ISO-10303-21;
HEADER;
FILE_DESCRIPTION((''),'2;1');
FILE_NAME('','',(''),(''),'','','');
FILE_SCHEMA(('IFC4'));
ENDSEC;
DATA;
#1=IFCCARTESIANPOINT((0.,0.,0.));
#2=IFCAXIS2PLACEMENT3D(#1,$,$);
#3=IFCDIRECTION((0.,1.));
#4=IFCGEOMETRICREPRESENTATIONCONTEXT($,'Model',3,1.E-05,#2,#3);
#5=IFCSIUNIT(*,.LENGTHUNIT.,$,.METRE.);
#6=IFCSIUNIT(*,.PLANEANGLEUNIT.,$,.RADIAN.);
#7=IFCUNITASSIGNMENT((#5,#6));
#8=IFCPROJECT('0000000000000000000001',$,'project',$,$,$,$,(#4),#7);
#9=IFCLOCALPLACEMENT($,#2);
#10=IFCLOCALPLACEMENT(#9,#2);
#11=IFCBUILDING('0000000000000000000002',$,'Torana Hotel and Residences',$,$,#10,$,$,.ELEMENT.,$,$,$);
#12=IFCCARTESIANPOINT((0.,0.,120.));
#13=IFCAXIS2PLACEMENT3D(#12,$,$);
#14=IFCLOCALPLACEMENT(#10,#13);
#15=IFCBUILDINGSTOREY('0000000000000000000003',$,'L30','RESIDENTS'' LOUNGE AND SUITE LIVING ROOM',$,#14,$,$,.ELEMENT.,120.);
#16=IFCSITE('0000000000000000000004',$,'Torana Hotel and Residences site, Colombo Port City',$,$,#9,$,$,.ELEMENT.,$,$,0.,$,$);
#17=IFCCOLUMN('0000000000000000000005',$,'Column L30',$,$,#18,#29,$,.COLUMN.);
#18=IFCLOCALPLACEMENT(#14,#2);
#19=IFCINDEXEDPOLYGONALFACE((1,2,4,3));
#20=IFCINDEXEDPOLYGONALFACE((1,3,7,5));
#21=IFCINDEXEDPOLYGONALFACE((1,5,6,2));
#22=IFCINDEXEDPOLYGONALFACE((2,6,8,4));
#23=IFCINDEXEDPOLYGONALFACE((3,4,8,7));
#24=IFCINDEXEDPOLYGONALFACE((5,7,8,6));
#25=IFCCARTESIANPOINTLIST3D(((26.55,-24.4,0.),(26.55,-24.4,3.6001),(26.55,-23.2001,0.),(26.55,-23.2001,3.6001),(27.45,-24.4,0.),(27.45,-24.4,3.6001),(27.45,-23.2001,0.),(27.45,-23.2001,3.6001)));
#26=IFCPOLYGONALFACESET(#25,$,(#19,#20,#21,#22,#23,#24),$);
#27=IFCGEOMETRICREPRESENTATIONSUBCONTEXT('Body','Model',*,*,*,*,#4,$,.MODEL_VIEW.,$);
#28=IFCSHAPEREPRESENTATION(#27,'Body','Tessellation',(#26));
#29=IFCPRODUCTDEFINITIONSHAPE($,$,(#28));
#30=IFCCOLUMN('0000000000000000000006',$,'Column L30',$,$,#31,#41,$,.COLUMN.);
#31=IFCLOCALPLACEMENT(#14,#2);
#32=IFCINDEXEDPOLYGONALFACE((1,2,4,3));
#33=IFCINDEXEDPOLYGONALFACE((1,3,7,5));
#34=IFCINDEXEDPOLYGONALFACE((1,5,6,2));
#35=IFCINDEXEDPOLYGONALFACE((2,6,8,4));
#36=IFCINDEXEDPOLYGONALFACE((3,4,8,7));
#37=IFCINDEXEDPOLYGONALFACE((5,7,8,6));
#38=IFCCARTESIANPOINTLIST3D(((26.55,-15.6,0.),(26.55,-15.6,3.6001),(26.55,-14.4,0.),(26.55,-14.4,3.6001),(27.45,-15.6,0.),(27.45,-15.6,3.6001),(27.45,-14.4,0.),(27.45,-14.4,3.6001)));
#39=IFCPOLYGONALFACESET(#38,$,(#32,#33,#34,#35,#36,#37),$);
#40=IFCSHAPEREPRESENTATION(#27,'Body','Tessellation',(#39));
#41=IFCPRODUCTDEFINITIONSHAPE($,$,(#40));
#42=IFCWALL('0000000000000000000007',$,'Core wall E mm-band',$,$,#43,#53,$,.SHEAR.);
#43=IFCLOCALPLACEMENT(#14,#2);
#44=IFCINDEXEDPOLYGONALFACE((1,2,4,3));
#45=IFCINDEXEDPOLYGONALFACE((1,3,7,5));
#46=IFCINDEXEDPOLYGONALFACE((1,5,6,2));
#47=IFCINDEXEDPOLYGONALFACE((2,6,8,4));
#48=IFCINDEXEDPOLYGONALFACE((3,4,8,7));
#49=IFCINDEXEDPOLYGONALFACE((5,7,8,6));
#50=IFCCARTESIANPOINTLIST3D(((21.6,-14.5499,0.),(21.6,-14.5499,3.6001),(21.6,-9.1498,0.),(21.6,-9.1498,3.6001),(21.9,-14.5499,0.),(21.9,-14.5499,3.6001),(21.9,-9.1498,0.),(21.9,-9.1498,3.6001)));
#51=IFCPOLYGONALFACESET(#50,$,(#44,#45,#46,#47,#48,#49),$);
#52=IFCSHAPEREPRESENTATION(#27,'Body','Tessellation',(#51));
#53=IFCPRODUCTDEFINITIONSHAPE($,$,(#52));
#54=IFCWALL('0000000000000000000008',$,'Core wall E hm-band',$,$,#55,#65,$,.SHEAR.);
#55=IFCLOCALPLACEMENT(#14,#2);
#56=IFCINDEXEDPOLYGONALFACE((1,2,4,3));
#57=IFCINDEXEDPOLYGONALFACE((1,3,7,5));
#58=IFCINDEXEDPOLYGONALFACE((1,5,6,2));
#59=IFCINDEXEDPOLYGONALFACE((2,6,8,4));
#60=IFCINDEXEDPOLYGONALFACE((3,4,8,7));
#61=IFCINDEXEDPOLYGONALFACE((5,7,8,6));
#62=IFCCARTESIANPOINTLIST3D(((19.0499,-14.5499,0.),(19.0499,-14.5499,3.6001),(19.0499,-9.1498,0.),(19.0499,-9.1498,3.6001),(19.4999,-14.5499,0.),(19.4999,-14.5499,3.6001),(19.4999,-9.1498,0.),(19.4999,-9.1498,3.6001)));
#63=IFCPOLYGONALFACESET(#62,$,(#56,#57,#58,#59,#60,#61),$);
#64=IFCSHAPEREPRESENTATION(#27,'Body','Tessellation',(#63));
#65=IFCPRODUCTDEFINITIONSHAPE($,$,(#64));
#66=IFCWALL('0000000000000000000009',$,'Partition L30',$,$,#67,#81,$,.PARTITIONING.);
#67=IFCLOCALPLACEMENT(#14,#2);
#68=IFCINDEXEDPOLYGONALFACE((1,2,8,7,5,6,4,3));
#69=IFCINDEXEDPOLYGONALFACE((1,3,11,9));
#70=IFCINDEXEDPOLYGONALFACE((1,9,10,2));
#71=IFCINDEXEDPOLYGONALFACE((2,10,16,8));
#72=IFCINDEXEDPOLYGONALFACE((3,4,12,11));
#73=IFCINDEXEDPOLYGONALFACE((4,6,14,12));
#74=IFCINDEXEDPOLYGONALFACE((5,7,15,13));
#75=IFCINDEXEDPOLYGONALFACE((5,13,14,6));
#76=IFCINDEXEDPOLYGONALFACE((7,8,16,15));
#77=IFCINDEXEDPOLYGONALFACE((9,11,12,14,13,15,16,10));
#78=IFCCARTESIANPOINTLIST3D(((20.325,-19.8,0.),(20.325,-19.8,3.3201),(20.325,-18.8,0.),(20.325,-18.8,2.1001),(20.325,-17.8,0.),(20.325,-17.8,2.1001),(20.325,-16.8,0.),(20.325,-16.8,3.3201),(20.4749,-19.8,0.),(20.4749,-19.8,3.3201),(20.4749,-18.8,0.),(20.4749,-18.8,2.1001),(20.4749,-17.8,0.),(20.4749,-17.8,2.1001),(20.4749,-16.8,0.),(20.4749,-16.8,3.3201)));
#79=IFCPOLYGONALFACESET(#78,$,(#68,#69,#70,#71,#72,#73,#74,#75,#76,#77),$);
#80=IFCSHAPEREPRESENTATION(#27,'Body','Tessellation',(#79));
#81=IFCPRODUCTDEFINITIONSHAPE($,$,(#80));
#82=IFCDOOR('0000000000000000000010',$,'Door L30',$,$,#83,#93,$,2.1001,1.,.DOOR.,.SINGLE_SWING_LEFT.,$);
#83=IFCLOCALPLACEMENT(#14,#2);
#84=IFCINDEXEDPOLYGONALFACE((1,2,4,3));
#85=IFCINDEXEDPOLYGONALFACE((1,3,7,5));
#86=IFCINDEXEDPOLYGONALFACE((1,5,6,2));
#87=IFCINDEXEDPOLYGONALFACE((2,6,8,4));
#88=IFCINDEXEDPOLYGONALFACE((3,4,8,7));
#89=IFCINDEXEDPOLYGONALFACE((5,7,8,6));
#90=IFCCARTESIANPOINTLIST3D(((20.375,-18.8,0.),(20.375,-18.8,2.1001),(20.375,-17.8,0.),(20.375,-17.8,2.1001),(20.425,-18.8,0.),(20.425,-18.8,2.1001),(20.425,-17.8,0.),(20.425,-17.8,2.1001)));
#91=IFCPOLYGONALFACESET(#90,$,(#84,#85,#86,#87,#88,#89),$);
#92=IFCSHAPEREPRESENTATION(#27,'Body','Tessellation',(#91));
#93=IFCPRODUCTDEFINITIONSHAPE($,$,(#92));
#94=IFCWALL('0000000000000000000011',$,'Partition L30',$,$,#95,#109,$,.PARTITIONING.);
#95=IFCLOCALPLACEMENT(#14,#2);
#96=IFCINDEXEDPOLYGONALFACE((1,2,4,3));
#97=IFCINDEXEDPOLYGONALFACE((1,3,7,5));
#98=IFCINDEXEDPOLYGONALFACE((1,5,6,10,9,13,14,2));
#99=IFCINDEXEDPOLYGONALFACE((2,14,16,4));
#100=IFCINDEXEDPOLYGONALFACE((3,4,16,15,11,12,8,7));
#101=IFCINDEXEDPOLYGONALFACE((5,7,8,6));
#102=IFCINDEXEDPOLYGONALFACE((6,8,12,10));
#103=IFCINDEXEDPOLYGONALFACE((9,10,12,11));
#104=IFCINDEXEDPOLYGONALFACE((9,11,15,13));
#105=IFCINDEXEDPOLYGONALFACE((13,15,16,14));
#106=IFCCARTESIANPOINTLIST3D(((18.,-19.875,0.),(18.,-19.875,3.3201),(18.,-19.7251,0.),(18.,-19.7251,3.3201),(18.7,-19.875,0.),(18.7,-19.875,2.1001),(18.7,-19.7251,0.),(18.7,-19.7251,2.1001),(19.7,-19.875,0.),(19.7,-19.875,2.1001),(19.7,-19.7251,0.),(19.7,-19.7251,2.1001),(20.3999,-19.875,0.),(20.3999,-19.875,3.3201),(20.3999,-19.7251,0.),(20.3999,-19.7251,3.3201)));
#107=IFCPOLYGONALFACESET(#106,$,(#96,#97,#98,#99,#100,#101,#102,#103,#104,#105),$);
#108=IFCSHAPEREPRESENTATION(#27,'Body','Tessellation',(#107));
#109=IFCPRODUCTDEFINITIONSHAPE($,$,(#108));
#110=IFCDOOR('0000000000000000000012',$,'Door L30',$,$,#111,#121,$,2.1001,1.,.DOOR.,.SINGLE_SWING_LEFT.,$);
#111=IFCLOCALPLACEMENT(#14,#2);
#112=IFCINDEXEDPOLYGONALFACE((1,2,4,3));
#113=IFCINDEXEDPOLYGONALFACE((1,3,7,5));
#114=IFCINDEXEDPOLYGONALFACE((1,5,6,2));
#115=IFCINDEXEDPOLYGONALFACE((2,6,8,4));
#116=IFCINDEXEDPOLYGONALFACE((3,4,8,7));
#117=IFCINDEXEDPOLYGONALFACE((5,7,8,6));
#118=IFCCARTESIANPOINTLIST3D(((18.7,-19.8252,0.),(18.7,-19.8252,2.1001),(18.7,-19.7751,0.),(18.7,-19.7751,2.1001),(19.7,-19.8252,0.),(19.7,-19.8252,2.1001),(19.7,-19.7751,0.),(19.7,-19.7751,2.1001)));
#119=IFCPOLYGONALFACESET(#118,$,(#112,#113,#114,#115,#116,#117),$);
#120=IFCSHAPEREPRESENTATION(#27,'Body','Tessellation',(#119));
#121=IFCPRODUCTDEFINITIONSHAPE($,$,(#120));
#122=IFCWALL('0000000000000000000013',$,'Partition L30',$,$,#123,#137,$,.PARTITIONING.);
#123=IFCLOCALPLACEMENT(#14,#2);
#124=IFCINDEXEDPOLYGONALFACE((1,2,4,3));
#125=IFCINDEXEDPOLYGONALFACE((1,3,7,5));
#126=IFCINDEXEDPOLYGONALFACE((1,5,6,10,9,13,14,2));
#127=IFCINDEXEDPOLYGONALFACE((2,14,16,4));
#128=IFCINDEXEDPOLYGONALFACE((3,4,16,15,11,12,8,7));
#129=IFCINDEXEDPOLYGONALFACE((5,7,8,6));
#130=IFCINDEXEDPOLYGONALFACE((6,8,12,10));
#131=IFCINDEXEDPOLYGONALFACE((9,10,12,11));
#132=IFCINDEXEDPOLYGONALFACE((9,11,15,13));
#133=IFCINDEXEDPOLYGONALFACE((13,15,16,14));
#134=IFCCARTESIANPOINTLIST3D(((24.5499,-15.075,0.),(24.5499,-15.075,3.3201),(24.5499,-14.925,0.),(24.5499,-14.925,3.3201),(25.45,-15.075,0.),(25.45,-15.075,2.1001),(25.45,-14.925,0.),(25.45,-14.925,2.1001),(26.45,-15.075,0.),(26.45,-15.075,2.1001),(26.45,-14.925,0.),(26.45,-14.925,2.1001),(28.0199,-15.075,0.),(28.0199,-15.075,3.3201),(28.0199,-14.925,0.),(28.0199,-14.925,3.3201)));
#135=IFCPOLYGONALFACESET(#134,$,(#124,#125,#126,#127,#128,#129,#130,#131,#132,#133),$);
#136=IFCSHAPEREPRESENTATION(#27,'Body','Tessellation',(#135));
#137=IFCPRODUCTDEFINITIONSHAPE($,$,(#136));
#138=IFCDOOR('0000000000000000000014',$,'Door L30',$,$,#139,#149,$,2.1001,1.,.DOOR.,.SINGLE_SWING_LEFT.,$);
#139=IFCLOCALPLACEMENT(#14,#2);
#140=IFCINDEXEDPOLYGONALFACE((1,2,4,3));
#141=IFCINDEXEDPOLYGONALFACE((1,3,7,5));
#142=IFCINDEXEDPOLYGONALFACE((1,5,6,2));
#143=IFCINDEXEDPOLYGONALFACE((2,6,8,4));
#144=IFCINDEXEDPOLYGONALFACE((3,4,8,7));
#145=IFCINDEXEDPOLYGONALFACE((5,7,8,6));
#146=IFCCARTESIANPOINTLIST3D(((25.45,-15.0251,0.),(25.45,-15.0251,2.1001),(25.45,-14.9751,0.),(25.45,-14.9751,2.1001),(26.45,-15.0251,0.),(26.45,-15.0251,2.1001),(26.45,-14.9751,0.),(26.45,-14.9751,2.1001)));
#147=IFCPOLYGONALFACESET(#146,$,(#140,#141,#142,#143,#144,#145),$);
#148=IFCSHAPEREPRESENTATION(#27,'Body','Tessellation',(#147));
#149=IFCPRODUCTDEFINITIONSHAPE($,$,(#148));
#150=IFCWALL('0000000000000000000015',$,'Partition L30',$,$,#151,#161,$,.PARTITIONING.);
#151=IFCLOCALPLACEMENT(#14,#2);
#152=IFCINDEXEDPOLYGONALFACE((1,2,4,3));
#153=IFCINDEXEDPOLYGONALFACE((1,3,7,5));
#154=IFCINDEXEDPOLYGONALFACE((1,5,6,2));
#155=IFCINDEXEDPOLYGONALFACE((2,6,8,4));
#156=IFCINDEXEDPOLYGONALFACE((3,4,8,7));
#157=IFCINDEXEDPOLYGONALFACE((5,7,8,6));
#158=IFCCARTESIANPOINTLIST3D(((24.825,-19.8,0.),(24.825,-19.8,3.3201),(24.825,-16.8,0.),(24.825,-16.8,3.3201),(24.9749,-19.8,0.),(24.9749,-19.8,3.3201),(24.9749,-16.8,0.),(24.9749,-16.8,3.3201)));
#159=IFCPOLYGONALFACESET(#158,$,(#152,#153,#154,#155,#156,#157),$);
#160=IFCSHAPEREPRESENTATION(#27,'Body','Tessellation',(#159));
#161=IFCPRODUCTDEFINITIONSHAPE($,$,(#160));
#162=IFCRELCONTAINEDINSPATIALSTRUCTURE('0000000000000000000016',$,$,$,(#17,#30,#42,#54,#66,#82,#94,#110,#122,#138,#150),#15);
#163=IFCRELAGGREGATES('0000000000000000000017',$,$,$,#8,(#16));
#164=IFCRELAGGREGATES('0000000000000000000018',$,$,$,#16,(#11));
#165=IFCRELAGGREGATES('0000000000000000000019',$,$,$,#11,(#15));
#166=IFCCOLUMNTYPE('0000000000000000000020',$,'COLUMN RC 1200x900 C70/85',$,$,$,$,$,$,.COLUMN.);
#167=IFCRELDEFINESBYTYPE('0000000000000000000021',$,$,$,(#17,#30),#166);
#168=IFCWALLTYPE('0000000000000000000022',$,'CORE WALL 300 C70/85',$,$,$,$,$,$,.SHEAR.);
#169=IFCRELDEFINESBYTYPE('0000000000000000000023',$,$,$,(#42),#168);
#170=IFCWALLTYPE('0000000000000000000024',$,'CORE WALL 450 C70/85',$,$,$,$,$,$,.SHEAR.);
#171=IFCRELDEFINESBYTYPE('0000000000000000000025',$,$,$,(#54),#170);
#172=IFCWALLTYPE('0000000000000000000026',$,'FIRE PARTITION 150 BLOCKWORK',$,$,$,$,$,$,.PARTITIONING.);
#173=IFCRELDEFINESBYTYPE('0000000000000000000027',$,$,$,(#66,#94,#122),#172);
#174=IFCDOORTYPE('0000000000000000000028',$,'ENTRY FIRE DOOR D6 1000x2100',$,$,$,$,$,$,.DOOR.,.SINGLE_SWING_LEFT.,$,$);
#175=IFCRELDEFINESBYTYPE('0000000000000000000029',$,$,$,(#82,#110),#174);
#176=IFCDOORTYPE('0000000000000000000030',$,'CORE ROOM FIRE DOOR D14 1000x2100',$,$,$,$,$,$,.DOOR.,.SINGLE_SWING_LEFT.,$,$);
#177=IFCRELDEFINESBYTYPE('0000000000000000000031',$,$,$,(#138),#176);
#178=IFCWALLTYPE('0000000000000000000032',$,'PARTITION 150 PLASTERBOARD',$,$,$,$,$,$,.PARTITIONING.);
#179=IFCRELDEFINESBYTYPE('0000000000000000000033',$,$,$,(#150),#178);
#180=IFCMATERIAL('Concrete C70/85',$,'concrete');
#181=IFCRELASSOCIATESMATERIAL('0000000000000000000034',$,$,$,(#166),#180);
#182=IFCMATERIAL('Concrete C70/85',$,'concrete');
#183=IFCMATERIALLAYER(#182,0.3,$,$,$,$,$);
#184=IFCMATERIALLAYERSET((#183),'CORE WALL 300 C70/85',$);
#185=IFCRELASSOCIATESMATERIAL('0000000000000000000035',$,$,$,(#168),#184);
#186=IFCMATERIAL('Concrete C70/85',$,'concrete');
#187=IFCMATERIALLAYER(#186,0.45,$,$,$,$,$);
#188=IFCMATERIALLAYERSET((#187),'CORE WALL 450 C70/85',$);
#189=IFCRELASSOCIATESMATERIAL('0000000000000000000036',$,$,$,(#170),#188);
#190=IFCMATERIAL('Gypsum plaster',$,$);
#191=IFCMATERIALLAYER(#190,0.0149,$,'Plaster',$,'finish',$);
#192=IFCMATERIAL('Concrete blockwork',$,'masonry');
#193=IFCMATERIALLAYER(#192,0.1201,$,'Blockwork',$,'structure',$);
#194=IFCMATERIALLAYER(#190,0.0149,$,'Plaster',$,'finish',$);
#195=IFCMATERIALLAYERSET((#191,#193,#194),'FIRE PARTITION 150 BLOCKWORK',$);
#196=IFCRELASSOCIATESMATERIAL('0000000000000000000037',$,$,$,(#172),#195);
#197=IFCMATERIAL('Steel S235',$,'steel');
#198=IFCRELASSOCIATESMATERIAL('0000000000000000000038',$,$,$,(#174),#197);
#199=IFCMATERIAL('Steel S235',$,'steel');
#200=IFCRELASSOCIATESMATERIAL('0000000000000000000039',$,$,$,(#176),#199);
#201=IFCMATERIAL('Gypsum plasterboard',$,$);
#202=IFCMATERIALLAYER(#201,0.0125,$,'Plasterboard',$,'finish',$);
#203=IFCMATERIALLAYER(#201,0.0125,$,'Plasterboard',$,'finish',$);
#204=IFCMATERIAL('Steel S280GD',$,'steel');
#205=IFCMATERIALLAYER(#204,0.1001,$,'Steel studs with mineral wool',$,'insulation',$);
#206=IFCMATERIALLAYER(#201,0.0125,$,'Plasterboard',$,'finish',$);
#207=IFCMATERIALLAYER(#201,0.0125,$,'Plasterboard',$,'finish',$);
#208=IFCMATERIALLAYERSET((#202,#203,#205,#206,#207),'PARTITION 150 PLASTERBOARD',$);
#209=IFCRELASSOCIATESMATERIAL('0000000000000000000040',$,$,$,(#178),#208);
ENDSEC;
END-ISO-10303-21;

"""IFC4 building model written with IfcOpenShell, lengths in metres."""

from ifc_helpers import new_model, si_unit, direction, frame, frame_2d, origin, origin_2d, place, context, subcontext, project, spatial, rectangle, extrude, material, layer, layer_set, material_profile, profile_set, type_object, element, fill, save


model = new_model("IFC4")

# Units and contexts
model_context = context("Model", 3, precision=1e-05, world=origin(), true_north=direction((0.0, 1.0)))
body_context = subcontext(model_context, "Body", "Model", "MODEL_VIEW")
ifc_project = project(units=[si_unit("LENGTHUNIT", "METRE"), si_unit("PLANEANGLEUNIT", "RADIAN")], contexts=[model_context])

# Site, building, storey
site_placement = place(None, origin())
site = spatial("IfcSite", under=ifc_project, at=site_placement, Name="Torana Hotel and Residences site, Colombo Port City", CompositionType="ELEMENT", RefElevation=0.0)
building_placement = place(site_placement, origin())
building = spatial("IfcBuilding", under=site, at=building_placement, Name="Torana Hotel and Residences", CompositionType="ELEMENT")
storey_placement = place(building_placement, frame((0.0, 0.0, 120.0)))
storey = spatial("IfcBuildingStorey", under=building, at=storey_placement, Name="L30", Description="RESIDENTS' LOUNGE AND SUITE LIVING ROOM", CompositionType="ELEMENT", Elevation=120.0)

# Columns
ifc_material_1 = material(Name="Concrete C70/85", Category="concrete")
ifc_material_profile = material_profile(ifc_material_1, rectangle(XDim=1.2, YDim=0.8999, at=origin_2d()), Name="RC 1200x900")
ifc_profile_set = profile_set([ifc_material_profile], Name="Concrete C70/85")
column_type = type_object("IfcColumnType", Name="COLUMN RC 1200x900 C70/85", PredefinedType="COLUMN", material=ifc_profile_set)
for number, where, z_axis, x_axis, name in (
    (1, (27.0, -23.8, 0.0), (0.0, 0.0, 1.0), (0.0, 1.0, 0.0), "Column L30"),
    (2, (27.0, -15.0, 0.0), (0.0, 0.0, 1.0), (0.0, 1.0, 0.0), "Column L30"),
):
    element("IfcColumn", number, at=place(storey_placement, frame(where, z_axis=z_axis, x_axis=x_axis)), inside=storey, type_object=column_type, Name=name, PredefinedType="COLUMN", context=body_context, shape_type="SweptSolid", body=[
        extrude(rectangle(XDim=1.2, YDim=0.8999, at=origin_2d()), origin(), (0.0, 0.0, 1.0), 3.6001),
    ])

# Walls
ifc_material_2 = material(Name="Concrete C70/85", Category="concrete")
ifc_layer_1 = layer(ifc_material_2, 0.3)
ifc_layer_set_1 = layer_set([ifc_layer_1], Name="CORE WALL 300 C70/85")
wall_type_1 = type_object("IfcWallType", Name="CORE WALL 300 C70/85", PredefinedType="SHEAR", material=ifc_layer_set_1)
wall_1_placement = place(storey_placement, frame((21.75, -14.55, 0.0), z_axis=(0.0, 0.0, 1.0), x_axis=(0.0, 1.0, 0.0)))
element("IfcWall", 3, at=wall_1_placement, inside=storey, type_object=wall_type_1, Name="Core wall E mm-band", PredefinedType="SHEAR", context=body_context, shape_type="SweptSolid", body=[
    extrude(rectangle(XDim=5.4001, YDim=0.3, at=frame_2d((2.7002, 0.0))), origin(), (0.0, 0.0, 1.0), 3.6001),
])
ifc_material_3 = material(Name="Concrete C70/85", Category="concrete")
ifc_layer_2 = layer(ifc_material_3, 0.45)
ifc_layer_set_2 = layer_set([ifc_layer_2], Name="CORE WALL 450 C70/85")
wall_type_2 = type_object("IfcWallType", Name="CORE WALL 450 C70/85", PredefinedType="SHEAR", material=ifc_layer_set_2)
wall_2_placement = place(storey_placement, frame((19.2749, -14.55, 0.0), z_axis=(0.0, 0.0, 1.0), x_axis=(0.0, 1.0, 0.0)))
element("IfcWall", 4, at=wall_2_placement, inside=storey, type_object=wall_type_2, Name="Core wall E hm-band", PredefinedType="SHEAR", context=body_context, shape_type="SweptSolid", body=[
    extrude(rectangle(XDim=5.4001, YDim=0.45, at=frame_2d((2.7002, 0.0))), origin(), (0.0, 0.0, 1.0), 3.6001),
])

# Walls, openings, doors
ifc_material_4 = material(Name="Gypsum plaster")
ifc_layer_3 = layer(ifc_material_4, 0.0149, Name="Plaster", Category="finish")
ifc_material_5 = material(Name="Concrete blockwork", Category="masonry")
ifc_layer_4 = layer(ifc_material_5, 0.1201, Name="Blockwork", Category="structure")
ifc_layer_5 = layer(ifc_material_4, 0.0149, Name="Plaster", Category="finish")
ifc_layer_set_3 = layer_set([ifc_layer_3, ifc_layer_4, ifc_layer_5], Name="FIRE PARTITION 150 BLOCKWORK")
wall_type_3 = type_object("IfcWallType", Name="FIRE PARTITION 150 BLOCKWORK", PredefinedType="PARTITIONING", material=ifc_layer_set_3)
wall_3_placement = place(storey_placement, frame((20.3999, -19.8, 0.0), z_axis=(0.0, 0.0, 1.0), x_axis=(0.0, 1.0, 0.0)))
wall_3 = element("IfcWall", 5, at=wall_3_placement, inside=storey, type_object=wall_type_3, Name="Partition L30", PredefinedType="PARTITIONING", context=body_context, shape_type="SweptSolid", body=[
    extrude(rectangle(XDim=3.0, YDim=0.1499, at=frame_2d((1.5, 0.0))), origin(), (0.0, 0.0, 1.0), 3.3201),
])
opening_1_placement = place(wall_3_placement, frame((1.0, 0.0, 0.0)))
opening_1 = element("IfcOpeningElement", 6, at=opening_1_placement, cuts=wall_3, PredefinedType="OPENING", context=body_context, shape_type="SweptSolid", body=[
    extrude(rectangle(XDim=1.0, YDim=2.1001, at=frame_2d((0.5, 1.05))), frame((0.0, 0.085, 0.0), z_axis=(0.0, -1.0, 0.0), x_axis=(1.0, 0.0, 0.0)), (0.0, 0.0, 1.0), 0.1699),
])
ifc_material_6 = material(Name="Steel S235", Category="steel")
door_type_1 = type_object("IfcDoorType", Name="ENTRY FIRE DOOR D6 1000x2100", OperationType="SINGLE_SWING_LEFT", PredefinedType="DOOR", material=ifc_material_6)
door_1_placement = place(opening_1_placement, frame((0.5, 0.0, 0.0), z_axis=(0.0, 0.0, 1.0), x_axis=(-1.0, 0.0, 0.0)))
door_1 = element("IfcDoor", 7, at=door_1_placement, inside=storey, type_object=door_type_1, Name="Door L30", OperationType="SINGLE_SWING_LEFT", OverallHeight=2.1001, OverallWidth=1.0, PredefinedType="DOOR", context=body_context, shape_type="SweptSolid", body=[
    extrude(rectangle(XDim=1.0, YDim=2.1001, at=frame_2d((0.0, 1.05))), frame((0.0, -0.0249, 0.0), z_axis=(0.0, 1.0, 0.0), x_axis=(-1.0, 0.0, 0.0)), (0.0, 0.0, 1.0), 0.05),
])
fill(opening_1, door_1)
wall_4_placement = place(storey_placement, frame((18.0, -19.8, 0.0), z_axis=(0.0, 0.0, 1.0), x_axis=(1.0, 0.0, 0.0)))
wall_4 = element("IfcWall", 8, at=wall_4_placement, inside=storey, type_object=wall_type_3, Name="Partition L30", PredefinedType="PARTITIONING", context=body_context, shape_type="SweptSolid", body=[
    extrude(rectangle(XDim=2.3999, YDim=0.1499, at=frame_2d((1.2, 0.0))), origin(), (0.0, 0.0, 1.0), 3.3201),
])
opening_2_placement = place(wall_4_placement, frame((0.7, 0.0, 0.0)))
opening_2 = element("IfcOpeningElement", 9, at=opening_2_placement, cuts=wall_4, PredefinedType="OPENING", context=body_context, shape_type="SweptSolid", body=[
    extrude(rectangle(XDim=1.0, YDim=2.1001, at=frame_2d((0.5, 1.05))), frame((0.0, 0.085, 0.0), z_axis=(0.0, -1.0, 0.0), x_axis=(1.0, 0.0, 0.0)), (0.0, 0.0, 1.0), 0.1699),
])
door_2_placement = place(opening_2_placement, frame((0.5, 0.0, 0.0), z_axis=(0.0, 0.0, 1.0), x_axis=(-1.0, 0.0, 0.0)))
door_2 = element("IfcDoor", 10, at=door_2_placement, inside=storey, type_object=door_type_1, Name="Door L30", OperationType="SINGLE_SWING_LEFT", OverallHeight=2.1001, OverallWidth=1.0, PredefinedType="DOOR", context=body_context, shape_type="SweptSolid", body=[
    extrude(rectangle(XDim=1.0, YDim=2.1001, at=frame_2d((0.0, 1.05))), frame((0.0, -0.0249, 0.0), z_axis=(0.0, 1.0, 0.0), x_axis=(-1.0, 0.0, 0.0)), (0.0, 0.0, 1.0), 0.05),
])
fill(opening_2, door_2)
wall_5_placement = place(storey_placement, frame((24.55, -15.0, 0.0), z_axis=(0.0, 0.0, 1.0), x_axis=(1.0, 0.0, 0.0)))
wall_5 = element("IfcWall", 11, at=wall_5_placement, inside=storey, type_object=wall_type_3, Name="Partition L30", PredefinedType="PARTITIONING", context=body_context, shape_type="SweptSolid", body=[
    extrude(rectangle(XDim=3.47, YDim=0.1499, at=frame_2d((1.7349, 0.0))), origin(), (0.0, 0.0, 1.0), 3.3201),
])
opening_3_placement = place(wall_5_placement, frame((0.8999, 0.0, 0.0)))
opening_3 = element("IfcOpeningElement", 12, at=opening_3_placement, cuts=wall_5, PredefinedType="OPENING", context=body_context, shape_type="SweptSolid", body=[
    extrude(rectangle(XDim=1.0, YDim=2.1001, at=frame_2d((0.5, 1.05))), frame((0.0, 0.085, 0.0), z_axis=(0.0, -1.0, 0.0), x_axis=(1.0, 0.0, 0.0)), (0.0, 0.0, 1.0), 0.1699),
])
ifc_material_7 = material(Name="Steel S235", Category="steel")
door_type_2 = type_object("IfcDoorType", Name="CORE ROOM FIRE DOOR D14 1000x2100", OperationType="SINGLE_SWING_LEFT", PredefinedType="DOOR", material=ifc_material_7)
door_3_placement = place(opening_3_placement, origin())
door_3 = element("IfcDoor", 13, at=door_3_placement, inside=storey, type_object=door_type_2, Name="Door L30", OperationType="SINGLE_SWING_LEFT", OverallHeight=2.1001, OverallWidth=1.0, PredefinedType="DOOR", context=body_context, shape_type="SweptSolid", body=[
    extrude(rectangle(XDim=1.0, YDim=2.1001, at=frame_2d((0.5, 1.05))), frame((0.0, 0.0249, 0.0), z_axis=(0.0, -1.0, 0.0), x_axis=(1.0, 0.0, 0.0)), (0.0, 0.0, 1.0), 0.05),
])
fill(opening_3, door_3)

# Wall
ifc_material_8 = material(Name="Gypsum plasterboard")
ifc_layer_6 = layer(ifc_material_8, 0.0125, Name="Plasterboard", Category="finish")
ifc_layer_7 = layer(ifc_material_8, 0.0125, Name="Plasterboard", Category="finish")
ifc_material_9 = material(Name="Steel S280GD", Category="steel")
ifc_layer_8 = layer(ifc_material_9, 0.1001, Name="Steel studs with mineral wool", Category="insulation")
ifc_layer_9 = layer(ifc_material_8, 0.0125, Name="Plasterboard", Category="finish")
ifc_layer_10 = layer(ifc_material_8, 0.0125, Name="Plasterboard", Category="finish")
ifc_layer_set_4 = layer_set([ifc_layer_6, ifc_layer_7, ifc_layer_8, ifc_layer_9, ifc_layer_10], Name="PARTITION 150 PLASTERBOARD")
wall_type_4 = type_object("IfcWallType", Name="PARTITION 150 PLASTERBOARD", PredefinedType="PARTITIONING", material=ifc_layer_set_4)
wall_6_placement = place(storey_placement, frame((24.8999, -19.8, 0.0), z_axis=(0.0, 0.0, 1.0), x_axis=(0.0, 1.0, 0.0)))
element("IfcWall", 14, at=wall_6_placement, inside=storey, type_object=wall_type_4, Name="Partition L30", PredefinedType="PARTITIONING", context=body_context, shape_type="SweptSolid", body=[
    extrude(rectangle(XDim=3.0, YDim=0.1499, at=frame_2d((1.5, 0.0))), origin(), (0.0, 0.0, 1.0), 3.3201),
])

save(model, "model.ifc")
